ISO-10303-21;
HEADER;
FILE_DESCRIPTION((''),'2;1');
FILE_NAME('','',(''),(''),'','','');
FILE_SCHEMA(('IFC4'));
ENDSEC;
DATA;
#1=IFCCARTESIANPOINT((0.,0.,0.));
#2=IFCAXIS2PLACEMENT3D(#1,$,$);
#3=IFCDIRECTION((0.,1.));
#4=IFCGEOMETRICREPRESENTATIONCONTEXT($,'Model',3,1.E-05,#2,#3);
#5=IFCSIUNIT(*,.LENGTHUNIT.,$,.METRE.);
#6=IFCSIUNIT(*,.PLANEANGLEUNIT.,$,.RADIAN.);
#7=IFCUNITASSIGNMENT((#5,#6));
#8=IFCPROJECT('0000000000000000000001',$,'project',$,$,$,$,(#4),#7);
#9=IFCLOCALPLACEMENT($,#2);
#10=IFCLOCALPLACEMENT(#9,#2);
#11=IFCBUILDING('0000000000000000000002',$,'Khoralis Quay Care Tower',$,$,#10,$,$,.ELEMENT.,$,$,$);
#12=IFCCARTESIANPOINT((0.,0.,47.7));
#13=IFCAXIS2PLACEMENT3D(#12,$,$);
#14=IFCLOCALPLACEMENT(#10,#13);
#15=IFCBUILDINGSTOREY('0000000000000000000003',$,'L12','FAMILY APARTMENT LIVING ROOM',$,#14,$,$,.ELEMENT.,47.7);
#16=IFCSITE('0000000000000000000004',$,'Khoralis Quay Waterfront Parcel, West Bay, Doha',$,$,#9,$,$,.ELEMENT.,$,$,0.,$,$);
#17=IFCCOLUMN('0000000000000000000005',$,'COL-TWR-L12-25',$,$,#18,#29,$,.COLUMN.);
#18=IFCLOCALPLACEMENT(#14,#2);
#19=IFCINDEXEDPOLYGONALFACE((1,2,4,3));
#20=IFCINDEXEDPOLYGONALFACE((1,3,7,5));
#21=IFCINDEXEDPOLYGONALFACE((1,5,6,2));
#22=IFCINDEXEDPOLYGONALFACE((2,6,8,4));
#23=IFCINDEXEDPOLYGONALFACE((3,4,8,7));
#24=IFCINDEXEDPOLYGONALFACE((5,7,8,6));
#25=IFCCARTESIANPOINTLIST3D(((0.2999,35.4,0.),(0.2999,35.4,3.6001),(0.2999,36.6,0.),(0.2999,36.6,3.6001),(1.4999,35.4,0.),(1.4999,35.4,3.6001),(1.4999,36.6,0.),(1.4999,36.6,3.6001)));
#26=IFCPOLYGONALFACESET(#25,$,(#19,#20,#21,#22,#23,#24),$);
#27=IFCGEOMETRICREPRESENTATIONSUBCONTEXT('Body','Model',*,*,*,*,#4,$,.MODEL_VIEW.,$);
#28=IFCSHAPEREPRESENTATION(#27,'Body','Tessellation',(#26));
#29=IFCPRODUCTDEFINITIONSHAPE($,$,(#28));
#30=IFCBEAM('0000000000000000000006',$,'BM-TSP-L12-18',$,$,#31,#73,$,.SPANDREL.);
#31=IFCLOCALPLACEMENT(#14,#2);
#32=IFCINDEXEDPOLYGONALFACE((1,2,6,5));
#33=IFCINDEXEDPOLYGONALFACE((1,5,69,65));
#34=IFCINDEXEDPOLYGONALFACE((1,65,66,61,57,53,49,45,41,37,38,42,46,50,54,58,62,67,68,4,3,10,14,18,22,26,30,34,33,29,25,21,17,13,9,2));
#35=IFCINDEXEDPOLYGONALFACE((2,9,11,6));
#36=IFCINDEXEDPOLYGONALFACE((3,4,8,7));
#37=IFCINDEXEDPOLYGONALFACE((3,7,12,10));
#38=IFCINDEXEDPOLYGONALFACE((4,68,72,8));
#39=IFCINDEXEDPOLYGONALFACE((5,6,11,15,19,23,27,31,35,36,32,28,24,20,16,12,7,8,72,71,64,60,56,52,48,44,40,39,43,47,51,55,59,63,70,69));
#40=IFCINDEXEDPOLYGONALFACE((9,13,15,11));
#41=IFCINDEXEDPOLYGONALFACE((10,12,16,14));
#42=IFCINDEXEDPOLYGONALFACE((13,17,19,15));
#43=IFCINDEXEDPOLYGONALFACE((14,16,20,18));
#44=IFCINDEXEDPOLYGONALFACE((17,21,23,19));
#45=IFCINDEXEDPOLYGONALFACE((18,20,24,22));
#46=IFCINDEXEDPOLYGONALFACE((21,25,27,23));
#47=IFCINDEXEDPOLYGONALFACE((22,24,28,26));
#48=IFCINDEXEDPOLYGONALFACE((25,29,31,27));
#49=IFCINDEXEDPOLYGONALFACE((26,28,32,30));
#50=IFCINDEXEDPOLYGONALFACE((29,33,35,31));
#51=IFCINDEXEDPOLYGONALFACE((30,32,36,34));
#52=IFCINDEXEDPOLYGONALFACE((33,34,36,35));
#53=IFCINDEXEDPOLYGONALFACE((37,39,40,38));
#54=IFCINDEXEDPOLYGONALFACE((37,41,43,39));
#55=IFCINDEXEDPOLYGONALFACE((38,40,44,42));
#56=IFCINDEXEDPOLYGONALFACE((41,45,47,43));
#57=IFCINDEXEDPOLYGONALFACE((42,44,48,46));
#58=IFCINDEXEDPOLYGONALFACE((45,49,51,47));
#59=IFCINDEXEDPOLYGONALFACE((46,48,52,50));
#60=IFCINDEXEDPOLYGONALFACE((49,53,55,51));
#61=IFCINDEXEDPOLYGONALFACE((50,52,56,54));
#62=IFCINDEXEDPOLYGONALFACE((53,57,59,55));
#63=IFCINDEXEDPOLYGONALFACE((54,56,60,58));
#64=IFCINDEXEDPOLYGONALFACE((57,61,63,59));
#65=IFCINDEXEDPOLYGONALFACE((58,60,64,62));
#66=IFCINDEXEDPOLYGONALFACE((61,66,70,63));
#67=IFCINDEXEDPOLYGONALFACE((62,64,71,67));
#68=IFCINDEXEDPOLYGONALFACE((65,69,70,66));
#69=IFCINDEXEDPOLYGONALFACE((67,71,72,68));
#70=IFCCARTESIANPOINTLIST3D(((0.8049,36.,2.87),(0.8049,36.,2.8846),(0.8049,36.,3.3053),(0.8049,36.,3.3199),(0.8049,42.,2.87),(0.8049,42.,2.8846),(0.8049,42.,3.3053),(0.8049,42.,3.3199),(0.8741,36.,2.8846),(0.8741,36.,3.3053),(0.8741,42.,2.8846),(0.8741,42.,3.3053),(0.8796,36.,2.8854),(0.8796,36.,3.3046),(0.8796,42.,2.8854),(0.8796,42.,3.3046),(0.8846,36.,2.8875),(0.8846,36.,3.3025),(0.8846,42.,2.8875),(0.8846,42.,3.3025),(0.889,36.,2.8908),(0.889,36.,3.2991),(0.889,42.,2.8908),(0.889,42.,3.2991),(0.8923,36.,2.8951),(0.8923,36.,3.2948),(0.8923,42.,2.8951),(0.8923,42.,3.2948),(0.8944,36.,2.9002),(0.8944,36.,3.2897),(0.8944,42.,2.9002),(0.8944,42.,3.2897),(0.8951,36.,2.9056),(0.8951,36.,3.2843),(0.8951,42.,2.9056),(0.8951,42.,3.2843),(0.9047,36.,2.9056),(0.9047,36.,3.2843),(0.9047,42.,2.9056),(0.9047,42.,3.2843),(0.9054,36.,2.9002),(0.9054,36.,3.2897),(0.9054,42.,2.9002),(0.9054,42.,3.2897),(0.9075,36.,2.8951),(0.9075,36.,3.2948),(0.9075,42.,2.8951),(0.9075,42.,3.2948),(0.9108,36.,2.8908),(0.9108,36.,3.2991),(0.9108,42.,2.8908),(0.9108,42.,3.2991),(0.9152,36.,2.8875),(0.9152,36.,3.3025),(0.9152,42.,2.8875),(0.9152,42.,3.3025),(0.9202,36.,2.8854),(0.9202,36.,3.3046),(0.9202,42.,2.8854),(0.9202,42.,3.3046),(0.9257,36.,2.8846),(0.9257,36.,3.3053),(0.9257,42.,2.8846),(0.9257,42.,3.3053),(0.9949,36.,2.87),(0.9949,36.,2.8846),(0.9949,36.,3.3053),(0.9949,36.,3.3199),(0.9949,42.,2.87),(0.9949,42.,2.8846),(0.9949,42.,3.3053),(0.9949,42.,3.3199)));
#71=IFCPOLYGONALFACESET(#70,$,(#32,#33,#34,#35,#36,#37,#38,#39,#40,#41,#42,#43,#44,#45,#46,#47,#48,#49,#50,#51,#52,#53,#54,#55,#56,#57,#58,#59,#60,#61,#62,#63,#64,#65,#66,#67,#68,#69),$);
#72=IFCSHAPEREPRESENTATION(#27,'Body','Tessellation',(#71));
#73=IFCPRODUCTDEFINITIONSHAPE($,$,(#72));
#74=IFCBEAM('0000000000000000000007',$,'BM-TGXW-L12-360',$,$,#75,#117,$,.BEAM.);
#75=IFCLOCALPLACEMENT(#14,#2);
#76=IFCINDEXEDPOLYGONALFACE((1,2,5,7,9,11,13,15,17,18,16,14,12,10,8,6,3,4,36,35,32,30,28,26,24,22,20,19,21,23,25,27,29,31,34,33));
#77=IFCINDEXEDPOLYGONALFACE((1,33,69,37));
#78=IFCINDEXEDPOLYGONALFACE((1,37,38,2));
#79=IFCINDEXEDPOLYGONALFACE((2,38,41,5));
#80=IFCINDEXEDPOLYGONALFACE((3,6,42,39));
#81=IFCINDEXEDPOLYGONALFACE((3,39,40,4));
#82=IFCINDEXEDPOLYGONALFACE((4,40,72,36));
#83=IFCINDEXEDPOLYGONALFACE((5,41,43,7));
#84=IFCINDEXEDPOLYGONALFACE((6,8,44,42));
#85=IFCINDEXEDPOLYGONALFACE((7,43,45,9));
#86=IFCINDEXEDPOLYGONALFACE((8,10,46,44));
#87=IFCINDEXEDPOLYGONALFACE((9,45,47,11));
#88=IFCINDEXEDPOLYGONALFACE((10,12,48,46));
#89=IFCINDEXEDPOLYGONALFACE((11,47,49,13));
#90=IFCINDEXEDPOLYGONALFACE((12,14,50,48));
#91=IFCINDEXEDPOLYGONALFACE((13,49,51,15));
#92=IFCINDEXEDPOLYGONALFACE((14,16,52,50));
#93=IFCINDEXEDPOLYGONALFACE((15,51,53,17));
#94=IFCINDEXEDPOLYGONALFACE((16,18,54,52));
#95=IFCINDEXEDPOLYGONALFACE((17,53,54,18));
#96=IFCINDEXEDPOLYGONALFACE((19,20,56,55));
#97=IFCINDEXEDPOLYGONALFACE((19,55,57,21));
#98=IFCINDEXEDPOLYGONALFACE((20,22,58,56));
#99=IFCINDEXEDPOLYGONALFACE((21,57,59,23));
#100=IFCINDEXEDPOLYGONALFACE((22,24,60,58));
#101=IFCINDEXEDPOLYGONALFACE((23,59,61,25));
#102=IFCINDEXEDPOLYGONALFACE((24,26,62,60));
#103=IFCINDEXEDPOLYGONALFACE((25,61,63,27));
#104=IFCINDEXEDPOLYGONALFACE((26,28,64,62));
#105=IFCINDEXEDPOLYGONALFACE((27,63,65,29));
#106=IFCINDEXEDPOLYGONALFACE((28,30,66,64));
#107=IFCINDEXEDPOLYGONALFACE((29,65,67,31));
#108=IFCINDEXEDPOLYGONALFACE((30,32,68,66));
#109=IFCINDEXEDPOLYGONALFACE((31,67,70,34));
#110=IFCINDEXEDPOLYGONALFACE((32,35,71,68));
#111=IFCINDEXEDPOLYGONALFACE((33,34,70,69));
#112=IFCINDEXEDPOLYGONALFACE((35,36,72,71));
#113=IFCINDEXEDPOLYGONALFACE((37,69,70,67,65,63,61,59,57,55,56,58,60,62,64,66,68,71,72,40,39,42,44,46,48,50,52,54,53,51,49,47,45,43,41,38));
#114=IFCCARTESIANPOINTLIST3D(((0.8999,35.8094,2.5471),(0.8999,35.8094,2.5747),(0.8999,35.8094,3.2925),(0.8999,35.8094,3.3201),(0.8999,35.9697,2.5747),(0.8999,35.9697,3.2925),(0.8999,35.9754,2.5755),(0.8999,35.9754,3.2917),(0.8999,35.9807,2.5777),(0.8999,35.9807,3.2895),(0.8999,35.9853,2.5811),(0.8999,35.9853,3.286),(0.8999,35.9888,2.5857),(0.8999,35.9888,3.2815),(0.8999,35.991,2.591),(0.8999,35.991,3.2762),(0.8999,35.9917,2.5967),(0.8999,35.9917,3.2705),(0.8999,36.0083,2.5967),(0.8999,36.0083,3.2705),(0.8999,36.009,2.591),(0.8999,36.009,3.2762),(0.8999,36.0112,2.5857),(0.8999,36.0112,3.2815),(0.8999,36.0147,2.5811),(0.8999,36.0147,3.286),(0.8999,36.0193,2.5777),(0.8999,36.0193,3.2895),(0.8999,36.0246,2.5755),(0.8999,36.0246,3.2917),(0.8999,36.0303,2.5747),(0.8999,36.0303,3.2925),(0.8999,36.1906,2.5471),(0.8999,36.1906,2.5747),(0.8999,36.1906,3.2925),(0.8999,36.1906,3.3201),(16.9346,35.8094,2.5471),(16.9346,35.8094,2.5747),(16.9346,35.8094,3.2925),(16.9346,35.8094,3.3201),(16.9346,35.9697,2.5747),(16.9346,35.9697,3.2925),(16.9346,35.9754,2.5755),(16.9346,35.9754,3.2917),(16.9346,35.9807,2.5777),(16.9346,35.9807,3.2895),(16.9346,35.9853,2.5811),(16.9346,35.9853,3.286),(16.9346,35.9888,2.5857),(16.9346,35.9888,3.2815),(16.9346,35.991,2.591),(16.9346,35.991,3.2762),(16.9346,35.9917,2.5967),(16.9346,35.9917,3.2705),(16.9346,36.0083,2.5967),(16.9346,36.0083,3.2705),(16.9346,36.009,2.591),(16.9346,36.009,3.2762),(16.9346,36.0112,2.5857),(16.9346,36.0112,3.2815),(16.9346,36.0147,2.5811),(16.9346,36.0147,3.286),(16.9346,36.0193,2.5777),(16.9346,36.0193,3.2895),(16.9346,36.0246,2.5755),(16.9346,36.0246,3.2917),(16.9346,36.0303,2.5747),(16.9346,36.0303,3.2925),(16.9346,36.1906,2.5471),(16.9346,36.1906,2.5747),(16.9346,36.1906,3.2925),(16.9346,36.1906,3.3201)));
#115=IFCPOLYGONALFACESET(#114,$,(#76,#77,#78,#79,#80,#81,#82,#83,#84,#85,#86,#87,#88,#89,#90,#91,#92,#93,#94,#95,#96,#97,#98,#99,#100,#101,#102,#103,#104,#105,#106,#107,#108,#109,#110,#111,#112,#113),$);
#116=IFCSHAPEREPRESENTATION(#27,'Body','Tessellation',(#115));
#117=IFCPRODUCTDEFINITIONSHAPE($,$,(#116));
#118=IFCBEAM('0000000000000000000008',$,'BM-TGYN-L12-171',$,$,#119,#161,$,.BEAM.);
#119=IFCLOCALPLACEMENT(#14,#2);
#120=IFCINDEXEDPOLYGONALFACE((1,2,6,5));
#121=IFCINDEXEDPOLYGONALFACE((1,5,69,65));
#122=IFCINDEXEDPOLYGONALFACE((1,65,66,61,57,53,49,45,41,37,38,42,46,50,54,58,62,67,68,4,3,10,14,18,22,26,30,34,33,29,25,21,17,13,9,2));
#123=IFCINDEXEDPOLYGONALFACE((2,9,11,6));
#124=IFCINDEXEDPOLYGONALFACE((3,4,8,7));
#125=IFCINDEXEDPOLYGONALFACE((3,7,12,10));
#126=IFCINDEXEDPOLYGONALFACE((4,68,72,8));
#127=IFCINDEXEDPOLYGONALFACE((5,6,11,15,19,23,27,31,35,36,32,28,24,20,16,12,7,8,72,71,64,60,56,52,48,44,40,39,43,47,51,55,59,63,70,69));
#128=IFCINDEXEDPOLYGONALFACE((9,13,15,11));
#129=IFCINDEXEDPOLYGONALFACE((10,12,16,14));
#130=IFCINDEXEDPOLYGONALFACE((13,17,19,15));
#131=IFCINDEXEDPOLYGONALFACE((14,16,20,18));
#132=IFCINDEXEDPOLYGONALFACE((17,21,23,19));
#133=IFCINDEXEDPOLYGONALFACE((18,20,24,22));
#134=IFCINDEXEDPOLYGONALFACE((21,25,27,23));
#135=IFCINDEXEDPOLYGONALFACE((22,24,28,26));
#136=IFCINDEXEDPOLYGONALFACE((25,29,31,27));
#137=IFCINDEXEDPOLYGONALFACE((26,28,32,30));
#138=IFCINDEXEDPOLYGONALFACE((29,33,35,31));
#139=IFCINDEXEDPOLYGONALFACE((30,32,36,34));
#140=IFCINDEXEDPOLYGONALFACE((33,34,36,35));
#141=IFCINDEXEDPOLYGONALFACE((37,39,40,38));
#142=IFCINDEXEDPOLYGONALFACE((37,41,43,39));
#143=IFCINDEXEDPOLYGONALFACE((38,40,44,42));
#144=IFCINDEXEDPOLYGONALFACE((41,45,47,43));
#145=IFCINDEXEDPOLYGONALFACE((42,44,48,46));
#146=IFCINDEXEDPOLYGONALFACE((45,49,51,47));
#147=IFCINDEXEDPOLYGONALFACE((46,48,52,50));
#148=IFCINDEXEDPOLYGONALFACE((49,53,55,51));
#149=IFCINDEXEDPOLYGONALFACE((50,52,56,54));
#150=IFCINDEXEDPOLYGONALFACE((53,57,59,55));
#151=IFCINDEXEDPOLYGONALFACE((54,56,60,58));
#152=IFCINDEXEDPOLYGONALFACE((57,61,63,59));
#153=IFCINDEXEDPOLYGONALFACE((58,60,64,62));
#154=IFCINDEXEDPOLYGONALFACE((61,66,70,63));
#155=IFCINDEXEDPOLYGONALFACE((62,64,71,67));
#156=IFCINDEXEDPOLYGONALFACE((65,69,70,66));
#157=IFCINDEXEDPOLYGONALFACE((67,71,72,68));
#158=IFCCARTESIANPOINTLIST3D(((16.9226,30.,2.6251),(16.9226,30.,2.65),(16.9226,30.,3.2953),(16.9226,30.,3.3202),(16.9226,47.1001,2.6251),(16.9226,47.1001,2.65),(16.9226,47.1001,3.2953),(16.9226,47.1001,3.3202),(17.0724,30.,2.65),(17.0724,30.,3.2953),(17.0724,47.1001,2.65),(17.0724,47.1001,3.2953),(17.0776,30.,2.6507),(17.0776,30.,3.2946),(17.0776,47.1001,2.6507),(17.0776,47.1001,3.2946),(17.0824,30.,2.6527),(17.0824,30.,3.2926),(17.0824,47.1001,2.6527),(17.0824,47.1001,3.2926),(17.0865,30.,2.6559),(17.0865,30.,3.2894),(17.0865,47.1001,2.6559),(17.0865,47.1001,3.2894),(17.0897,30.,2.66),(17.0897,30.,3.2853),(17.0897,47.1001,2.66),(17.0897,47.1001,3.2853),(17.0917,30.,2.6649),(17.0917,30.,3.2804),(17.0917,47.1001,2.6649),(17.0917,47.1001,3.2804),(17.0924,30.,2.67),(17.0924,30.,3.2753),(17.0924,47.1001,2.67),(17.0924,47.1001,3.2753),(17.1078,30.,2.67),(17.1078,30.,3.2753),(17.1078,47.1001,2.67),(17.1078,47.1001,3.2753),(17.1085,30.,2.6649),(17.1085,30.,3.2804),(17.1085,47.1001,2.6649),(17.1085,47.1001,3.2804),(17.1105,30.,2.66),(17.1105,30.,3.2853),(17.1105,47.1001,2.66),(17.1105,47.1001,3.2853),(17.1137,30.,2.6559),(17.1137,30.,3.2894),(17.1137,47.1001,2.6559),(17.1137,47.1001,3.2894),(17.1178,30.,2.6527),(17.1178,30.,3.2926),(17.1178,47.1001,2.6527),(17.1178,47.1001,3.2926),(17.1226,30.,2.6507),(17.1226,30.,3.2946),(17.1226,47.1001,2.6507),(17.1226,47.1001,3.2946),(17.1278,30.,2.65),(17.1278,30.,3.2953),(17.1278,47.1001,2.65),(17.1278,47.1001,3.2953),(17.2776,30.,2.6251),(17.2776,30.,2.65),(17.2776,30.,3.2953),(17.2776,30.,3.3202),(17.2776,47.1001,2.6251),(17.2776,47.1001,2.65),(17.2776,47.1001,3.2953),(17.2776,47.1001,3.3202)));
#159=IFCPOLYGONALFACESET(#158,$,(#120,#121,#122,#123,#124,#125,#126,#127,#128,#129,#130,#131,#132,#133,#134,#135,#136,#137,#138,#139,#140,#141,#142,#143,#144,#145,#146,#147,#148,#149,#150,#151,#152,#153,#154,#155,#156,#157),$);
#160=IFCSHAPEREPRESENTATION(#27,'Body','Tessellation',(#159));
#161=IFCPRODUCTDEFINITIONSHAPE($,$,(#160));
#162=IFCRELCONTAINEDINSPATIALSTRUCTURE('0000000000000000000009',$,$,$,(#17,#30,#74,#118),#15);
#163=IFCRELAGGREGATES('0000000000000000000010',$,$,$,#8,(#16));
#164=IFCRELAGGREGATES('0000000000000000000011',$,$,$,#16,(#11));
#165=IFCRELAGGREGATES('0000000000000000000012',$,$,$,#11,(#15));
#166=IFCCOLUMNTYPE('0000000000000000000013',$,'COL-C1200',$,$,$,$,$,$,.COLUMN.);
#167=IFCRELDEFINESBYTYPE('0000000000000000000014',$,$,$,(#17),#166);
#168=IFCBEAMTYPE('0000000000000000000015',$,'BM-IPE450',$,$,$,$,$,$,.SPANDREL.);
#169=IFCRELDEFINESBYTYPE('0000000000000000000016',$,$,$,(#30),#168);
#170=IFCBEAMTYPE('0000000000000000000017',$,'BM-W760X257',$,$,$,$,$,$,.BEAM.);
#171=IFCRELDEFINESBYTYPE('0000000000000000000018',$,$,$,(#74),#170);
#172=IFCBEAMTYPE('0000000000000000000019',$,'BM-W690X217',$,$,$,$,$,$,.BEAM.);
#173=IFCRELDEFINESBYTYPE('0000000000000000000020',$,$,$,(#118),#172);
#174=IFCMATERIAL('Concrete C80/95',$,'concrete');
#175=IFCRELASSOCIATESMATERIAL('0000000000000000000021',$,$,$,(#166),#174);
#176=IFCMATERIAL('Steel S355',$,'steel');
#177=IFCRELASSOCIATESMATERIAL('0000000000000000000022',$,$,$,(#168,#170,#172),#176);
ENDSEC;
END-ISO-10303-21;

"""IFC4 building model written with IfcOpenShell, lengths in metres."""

from ifc_helpers import new_model, si_unit, direction, frame, origin, origin_2d, place, context, subcontext, project, spatial, rectangle, i_section, extrude, source, transform, mapped, material, material_profile, profile_set, type_object, element, save


model = new_model("IFC4")

# Units and contexts
model_context = context("Model", 3, precision=1e-05, world=origin(), true_north=direction((0.0, 1.0)))
body_context = subcontext(model_context, "Body", "Model", "MODEL_VIEW")
ifc_project = project(units=[si_unit("LENGTHUNIT", "METRE"), si_unit("PLANEANGLEUNIT", "RADIAN")], contexts=[model_context])

# Site, building, storey
site_placement = place(None, origin())
site = spatial("IfcSite", under=ifc_project, at=site_placement, Name="Khoralis Quay Waterfront Parcel, West Bay, Doha", CompositionType="ELEMENT", RefElevation=0.0)
building_placement = place(site_placement, origin())
building = spatial("IfcBuilding", under=site, at=building_placement, Name="Khoralis Quay Care Tower", CompositionType="ELEMENT")
storey_placement = place(building_placement, frame((0.0, 0.0, 47.7)))
storey = spatial("IfcBuildingStorey", under=building, at=storey_placement, Name="L12", Description="FAMILY APARTMENT LIVING ROOM", CompositionType="ELEMENT", Elevation=47.7)

# Column
ifc_material_1 = material(Name="Concrete C80/95", Category="concrete")
ifc_material_profile_1 = material_profile(ifc_material_1, rectangle(XDim=1.2, YDim=1.2, at=origin_2d()), Name="Concrete C80/95")
ifc_profile_set_1 = profile_set([ifc_material_profile_1], Name="Concrete C80/95")
column_type = type_object("IfcColumnType", Name="COL-C1200", PredefinedType="COLUMN", material=ifc_profile_set_1)
shared_shape_1 = source(origin(), body_context, "Body", "SweptSolid", [
    extrude(rectangle(XDim=1.2, YDim=1.2, at=origin_2d()), origin(), (0.0, 0.0, 1.0), 3.6001),
])
column_placement = place(storey_placement, frame((0.8999, 36.0, 0.0), z_axis=(0.0, 0.0, 1.0), x_axis=(1.0, 0.0, 0.0)))
element("IfcColumn", 1, at=column_placement, inside=storey, type_object=column_type, Name="COL-TWR-L12-25", PredefinedType="COLUMN", context=body_context, shape_type="MappedRepresentation", body=[
    mapped(shared_shape_1, transform((0.0, 0.0, 0.0), scale=1.0)),
])

# Beams
ifc_material_2 = material(Name="Steel S355", Category="steel")
ifc_material_profile_2 = material_profile(ifc_material_2, i_section(OverallWidth=0.1899, OverallDepth=0.45, WebThickness=0.0095, FlangeThickness=0.0146, FilletRadius=0.021, at=origin_2d()), Name="Steel S355")
ifc_profile_set_2 = profile_set([ifc_material_profile_2], Name="Steel S355")
beam_type_1 = type_object("IfcBeamType", Name="BM-IPE450", PredefinedType="SPANDREL", material=ifc_profile_set_2)
shared_shape_2 = source(origin(), body_context, "Body", "SweptSolid", [
    extrude(i_section(OverallWidth=0.1899, OverallDepth=0.45, WebThickness=0.0095, FlangeThickness=0.0146, FilletRadius=0.021, at=origin_2d()), origin(), (0.0, 0.0, 1.0), 6.0),
])
beam_1_placement = place(storey_placement, frame((0.8999, 36.0, 3.095), z_axis=(0.0, 1.0, 0.0), x_axis=(-1.0, 0.0, 0.0)))
element("IfcBeam", 2, at=beam_1_placement, inside=storey, type_object=beam_type_1, Name="BM-TSP-L12-18", PredefinedType="SPANDREL", context=body_context, shape_type="MappedRepresentation", body=[
    mapped(shared_shape_2, transform((0.0, 0.0, 0.0), scale=1.0)),
])
ifc_material_profile_3 = material_profile(ifc_material_2, i_section(OverallWidth=0.3811, OverallDepth=0.7729, WebThickness=0.0166, FlangeThickness=0.0276, FilletRadius=0.022, at=origin_2d()), Name="Steel S355")
ifc_profile_set_3 = profile_set([ifc_material_profile_3], Name="Steel S355")
beam_type_2 = type_object("IfcBeamType", Name="BM-W760X257", PredefinedType="BEAM", material=ifc_profile_set_3)
shared_shape_3 = source(origin(), body_context, "Body", "SweptSolid", [
    extrude(i_section(OverallWidth=0.3811, OverallDepth=0.7729, WebThickness=0.0166, FlangeThickness=0.0276, FilletRadius=0.022, at=origin_2d()), origin(), (0.0, 0.0, 1.0), 16.0347),
])
beam_2_placement = place(storey_placement, frame((0.8999, 36.0, 2.9336), z_axis=(1.0, 0.0, 0.0), x_axis=(0.0, 1.0, 0.0)))
element("IfcBeam", 3, at=beam_2_placement, inside=storey, type_object=beam_type_2, Name="BM-TGXW-L12-360", PredefinedType="BEAM", context=body_context, shape_type="MappedRepresentation", body=[
    mapped(shared_shape_3, transform((0.0, 0.0, 0.0), scale=1.0)),
])
ifc_material_profile_4 = material_profile(ifc_material_2, i_section(OverallWidth=0.355, OverallDepth=0.6951, WebThickness=0.0154, FlangeThickness=0.0249, FilletRadius=0.02, at=origin_2d()), Name="Steel S355")
ifc_profile_set_4 = profile_set([ifc_material_profile_4], Name="Steel S355")
beam_type_3 = type_object("IfcBeamType", Name="BM-W690X217", PredefinedType="BEAM", material=ifc_profile_set_4)
shared_shape_4 = source(origin(), body_context, "Body", "SweptSolid", [
    extrude(i_section(OverallWidth=0.355, OverallDepth=0.6951, WebThickness=0.0154, FlangeThickness=0.0249, FilletRadius=0.02, at=origin_2d()), origin(), (0.0, 0.0, 1.0), 17.1001),
])
beam_3_placement = place(storey_placement, frame((17.1001, 30.0, 2.9727), z_axis=(0.0, 1.0, 0.0), x_axis=(-1.0, 0.0, 0.0)))
element("IfcBeam", 4, at=beam_3_placement, inside=storey, type_object=beam_type_3, Name="BM-TGYN-L12-171", PredefinedType="BEAM", context=body_context, shape_type="MappedRepresentation", body=[
    mapped(shared_shape_4, transform((0.0, 0.0, 0.0), scale=1.0)),
])

save(model, "model.ifc")
